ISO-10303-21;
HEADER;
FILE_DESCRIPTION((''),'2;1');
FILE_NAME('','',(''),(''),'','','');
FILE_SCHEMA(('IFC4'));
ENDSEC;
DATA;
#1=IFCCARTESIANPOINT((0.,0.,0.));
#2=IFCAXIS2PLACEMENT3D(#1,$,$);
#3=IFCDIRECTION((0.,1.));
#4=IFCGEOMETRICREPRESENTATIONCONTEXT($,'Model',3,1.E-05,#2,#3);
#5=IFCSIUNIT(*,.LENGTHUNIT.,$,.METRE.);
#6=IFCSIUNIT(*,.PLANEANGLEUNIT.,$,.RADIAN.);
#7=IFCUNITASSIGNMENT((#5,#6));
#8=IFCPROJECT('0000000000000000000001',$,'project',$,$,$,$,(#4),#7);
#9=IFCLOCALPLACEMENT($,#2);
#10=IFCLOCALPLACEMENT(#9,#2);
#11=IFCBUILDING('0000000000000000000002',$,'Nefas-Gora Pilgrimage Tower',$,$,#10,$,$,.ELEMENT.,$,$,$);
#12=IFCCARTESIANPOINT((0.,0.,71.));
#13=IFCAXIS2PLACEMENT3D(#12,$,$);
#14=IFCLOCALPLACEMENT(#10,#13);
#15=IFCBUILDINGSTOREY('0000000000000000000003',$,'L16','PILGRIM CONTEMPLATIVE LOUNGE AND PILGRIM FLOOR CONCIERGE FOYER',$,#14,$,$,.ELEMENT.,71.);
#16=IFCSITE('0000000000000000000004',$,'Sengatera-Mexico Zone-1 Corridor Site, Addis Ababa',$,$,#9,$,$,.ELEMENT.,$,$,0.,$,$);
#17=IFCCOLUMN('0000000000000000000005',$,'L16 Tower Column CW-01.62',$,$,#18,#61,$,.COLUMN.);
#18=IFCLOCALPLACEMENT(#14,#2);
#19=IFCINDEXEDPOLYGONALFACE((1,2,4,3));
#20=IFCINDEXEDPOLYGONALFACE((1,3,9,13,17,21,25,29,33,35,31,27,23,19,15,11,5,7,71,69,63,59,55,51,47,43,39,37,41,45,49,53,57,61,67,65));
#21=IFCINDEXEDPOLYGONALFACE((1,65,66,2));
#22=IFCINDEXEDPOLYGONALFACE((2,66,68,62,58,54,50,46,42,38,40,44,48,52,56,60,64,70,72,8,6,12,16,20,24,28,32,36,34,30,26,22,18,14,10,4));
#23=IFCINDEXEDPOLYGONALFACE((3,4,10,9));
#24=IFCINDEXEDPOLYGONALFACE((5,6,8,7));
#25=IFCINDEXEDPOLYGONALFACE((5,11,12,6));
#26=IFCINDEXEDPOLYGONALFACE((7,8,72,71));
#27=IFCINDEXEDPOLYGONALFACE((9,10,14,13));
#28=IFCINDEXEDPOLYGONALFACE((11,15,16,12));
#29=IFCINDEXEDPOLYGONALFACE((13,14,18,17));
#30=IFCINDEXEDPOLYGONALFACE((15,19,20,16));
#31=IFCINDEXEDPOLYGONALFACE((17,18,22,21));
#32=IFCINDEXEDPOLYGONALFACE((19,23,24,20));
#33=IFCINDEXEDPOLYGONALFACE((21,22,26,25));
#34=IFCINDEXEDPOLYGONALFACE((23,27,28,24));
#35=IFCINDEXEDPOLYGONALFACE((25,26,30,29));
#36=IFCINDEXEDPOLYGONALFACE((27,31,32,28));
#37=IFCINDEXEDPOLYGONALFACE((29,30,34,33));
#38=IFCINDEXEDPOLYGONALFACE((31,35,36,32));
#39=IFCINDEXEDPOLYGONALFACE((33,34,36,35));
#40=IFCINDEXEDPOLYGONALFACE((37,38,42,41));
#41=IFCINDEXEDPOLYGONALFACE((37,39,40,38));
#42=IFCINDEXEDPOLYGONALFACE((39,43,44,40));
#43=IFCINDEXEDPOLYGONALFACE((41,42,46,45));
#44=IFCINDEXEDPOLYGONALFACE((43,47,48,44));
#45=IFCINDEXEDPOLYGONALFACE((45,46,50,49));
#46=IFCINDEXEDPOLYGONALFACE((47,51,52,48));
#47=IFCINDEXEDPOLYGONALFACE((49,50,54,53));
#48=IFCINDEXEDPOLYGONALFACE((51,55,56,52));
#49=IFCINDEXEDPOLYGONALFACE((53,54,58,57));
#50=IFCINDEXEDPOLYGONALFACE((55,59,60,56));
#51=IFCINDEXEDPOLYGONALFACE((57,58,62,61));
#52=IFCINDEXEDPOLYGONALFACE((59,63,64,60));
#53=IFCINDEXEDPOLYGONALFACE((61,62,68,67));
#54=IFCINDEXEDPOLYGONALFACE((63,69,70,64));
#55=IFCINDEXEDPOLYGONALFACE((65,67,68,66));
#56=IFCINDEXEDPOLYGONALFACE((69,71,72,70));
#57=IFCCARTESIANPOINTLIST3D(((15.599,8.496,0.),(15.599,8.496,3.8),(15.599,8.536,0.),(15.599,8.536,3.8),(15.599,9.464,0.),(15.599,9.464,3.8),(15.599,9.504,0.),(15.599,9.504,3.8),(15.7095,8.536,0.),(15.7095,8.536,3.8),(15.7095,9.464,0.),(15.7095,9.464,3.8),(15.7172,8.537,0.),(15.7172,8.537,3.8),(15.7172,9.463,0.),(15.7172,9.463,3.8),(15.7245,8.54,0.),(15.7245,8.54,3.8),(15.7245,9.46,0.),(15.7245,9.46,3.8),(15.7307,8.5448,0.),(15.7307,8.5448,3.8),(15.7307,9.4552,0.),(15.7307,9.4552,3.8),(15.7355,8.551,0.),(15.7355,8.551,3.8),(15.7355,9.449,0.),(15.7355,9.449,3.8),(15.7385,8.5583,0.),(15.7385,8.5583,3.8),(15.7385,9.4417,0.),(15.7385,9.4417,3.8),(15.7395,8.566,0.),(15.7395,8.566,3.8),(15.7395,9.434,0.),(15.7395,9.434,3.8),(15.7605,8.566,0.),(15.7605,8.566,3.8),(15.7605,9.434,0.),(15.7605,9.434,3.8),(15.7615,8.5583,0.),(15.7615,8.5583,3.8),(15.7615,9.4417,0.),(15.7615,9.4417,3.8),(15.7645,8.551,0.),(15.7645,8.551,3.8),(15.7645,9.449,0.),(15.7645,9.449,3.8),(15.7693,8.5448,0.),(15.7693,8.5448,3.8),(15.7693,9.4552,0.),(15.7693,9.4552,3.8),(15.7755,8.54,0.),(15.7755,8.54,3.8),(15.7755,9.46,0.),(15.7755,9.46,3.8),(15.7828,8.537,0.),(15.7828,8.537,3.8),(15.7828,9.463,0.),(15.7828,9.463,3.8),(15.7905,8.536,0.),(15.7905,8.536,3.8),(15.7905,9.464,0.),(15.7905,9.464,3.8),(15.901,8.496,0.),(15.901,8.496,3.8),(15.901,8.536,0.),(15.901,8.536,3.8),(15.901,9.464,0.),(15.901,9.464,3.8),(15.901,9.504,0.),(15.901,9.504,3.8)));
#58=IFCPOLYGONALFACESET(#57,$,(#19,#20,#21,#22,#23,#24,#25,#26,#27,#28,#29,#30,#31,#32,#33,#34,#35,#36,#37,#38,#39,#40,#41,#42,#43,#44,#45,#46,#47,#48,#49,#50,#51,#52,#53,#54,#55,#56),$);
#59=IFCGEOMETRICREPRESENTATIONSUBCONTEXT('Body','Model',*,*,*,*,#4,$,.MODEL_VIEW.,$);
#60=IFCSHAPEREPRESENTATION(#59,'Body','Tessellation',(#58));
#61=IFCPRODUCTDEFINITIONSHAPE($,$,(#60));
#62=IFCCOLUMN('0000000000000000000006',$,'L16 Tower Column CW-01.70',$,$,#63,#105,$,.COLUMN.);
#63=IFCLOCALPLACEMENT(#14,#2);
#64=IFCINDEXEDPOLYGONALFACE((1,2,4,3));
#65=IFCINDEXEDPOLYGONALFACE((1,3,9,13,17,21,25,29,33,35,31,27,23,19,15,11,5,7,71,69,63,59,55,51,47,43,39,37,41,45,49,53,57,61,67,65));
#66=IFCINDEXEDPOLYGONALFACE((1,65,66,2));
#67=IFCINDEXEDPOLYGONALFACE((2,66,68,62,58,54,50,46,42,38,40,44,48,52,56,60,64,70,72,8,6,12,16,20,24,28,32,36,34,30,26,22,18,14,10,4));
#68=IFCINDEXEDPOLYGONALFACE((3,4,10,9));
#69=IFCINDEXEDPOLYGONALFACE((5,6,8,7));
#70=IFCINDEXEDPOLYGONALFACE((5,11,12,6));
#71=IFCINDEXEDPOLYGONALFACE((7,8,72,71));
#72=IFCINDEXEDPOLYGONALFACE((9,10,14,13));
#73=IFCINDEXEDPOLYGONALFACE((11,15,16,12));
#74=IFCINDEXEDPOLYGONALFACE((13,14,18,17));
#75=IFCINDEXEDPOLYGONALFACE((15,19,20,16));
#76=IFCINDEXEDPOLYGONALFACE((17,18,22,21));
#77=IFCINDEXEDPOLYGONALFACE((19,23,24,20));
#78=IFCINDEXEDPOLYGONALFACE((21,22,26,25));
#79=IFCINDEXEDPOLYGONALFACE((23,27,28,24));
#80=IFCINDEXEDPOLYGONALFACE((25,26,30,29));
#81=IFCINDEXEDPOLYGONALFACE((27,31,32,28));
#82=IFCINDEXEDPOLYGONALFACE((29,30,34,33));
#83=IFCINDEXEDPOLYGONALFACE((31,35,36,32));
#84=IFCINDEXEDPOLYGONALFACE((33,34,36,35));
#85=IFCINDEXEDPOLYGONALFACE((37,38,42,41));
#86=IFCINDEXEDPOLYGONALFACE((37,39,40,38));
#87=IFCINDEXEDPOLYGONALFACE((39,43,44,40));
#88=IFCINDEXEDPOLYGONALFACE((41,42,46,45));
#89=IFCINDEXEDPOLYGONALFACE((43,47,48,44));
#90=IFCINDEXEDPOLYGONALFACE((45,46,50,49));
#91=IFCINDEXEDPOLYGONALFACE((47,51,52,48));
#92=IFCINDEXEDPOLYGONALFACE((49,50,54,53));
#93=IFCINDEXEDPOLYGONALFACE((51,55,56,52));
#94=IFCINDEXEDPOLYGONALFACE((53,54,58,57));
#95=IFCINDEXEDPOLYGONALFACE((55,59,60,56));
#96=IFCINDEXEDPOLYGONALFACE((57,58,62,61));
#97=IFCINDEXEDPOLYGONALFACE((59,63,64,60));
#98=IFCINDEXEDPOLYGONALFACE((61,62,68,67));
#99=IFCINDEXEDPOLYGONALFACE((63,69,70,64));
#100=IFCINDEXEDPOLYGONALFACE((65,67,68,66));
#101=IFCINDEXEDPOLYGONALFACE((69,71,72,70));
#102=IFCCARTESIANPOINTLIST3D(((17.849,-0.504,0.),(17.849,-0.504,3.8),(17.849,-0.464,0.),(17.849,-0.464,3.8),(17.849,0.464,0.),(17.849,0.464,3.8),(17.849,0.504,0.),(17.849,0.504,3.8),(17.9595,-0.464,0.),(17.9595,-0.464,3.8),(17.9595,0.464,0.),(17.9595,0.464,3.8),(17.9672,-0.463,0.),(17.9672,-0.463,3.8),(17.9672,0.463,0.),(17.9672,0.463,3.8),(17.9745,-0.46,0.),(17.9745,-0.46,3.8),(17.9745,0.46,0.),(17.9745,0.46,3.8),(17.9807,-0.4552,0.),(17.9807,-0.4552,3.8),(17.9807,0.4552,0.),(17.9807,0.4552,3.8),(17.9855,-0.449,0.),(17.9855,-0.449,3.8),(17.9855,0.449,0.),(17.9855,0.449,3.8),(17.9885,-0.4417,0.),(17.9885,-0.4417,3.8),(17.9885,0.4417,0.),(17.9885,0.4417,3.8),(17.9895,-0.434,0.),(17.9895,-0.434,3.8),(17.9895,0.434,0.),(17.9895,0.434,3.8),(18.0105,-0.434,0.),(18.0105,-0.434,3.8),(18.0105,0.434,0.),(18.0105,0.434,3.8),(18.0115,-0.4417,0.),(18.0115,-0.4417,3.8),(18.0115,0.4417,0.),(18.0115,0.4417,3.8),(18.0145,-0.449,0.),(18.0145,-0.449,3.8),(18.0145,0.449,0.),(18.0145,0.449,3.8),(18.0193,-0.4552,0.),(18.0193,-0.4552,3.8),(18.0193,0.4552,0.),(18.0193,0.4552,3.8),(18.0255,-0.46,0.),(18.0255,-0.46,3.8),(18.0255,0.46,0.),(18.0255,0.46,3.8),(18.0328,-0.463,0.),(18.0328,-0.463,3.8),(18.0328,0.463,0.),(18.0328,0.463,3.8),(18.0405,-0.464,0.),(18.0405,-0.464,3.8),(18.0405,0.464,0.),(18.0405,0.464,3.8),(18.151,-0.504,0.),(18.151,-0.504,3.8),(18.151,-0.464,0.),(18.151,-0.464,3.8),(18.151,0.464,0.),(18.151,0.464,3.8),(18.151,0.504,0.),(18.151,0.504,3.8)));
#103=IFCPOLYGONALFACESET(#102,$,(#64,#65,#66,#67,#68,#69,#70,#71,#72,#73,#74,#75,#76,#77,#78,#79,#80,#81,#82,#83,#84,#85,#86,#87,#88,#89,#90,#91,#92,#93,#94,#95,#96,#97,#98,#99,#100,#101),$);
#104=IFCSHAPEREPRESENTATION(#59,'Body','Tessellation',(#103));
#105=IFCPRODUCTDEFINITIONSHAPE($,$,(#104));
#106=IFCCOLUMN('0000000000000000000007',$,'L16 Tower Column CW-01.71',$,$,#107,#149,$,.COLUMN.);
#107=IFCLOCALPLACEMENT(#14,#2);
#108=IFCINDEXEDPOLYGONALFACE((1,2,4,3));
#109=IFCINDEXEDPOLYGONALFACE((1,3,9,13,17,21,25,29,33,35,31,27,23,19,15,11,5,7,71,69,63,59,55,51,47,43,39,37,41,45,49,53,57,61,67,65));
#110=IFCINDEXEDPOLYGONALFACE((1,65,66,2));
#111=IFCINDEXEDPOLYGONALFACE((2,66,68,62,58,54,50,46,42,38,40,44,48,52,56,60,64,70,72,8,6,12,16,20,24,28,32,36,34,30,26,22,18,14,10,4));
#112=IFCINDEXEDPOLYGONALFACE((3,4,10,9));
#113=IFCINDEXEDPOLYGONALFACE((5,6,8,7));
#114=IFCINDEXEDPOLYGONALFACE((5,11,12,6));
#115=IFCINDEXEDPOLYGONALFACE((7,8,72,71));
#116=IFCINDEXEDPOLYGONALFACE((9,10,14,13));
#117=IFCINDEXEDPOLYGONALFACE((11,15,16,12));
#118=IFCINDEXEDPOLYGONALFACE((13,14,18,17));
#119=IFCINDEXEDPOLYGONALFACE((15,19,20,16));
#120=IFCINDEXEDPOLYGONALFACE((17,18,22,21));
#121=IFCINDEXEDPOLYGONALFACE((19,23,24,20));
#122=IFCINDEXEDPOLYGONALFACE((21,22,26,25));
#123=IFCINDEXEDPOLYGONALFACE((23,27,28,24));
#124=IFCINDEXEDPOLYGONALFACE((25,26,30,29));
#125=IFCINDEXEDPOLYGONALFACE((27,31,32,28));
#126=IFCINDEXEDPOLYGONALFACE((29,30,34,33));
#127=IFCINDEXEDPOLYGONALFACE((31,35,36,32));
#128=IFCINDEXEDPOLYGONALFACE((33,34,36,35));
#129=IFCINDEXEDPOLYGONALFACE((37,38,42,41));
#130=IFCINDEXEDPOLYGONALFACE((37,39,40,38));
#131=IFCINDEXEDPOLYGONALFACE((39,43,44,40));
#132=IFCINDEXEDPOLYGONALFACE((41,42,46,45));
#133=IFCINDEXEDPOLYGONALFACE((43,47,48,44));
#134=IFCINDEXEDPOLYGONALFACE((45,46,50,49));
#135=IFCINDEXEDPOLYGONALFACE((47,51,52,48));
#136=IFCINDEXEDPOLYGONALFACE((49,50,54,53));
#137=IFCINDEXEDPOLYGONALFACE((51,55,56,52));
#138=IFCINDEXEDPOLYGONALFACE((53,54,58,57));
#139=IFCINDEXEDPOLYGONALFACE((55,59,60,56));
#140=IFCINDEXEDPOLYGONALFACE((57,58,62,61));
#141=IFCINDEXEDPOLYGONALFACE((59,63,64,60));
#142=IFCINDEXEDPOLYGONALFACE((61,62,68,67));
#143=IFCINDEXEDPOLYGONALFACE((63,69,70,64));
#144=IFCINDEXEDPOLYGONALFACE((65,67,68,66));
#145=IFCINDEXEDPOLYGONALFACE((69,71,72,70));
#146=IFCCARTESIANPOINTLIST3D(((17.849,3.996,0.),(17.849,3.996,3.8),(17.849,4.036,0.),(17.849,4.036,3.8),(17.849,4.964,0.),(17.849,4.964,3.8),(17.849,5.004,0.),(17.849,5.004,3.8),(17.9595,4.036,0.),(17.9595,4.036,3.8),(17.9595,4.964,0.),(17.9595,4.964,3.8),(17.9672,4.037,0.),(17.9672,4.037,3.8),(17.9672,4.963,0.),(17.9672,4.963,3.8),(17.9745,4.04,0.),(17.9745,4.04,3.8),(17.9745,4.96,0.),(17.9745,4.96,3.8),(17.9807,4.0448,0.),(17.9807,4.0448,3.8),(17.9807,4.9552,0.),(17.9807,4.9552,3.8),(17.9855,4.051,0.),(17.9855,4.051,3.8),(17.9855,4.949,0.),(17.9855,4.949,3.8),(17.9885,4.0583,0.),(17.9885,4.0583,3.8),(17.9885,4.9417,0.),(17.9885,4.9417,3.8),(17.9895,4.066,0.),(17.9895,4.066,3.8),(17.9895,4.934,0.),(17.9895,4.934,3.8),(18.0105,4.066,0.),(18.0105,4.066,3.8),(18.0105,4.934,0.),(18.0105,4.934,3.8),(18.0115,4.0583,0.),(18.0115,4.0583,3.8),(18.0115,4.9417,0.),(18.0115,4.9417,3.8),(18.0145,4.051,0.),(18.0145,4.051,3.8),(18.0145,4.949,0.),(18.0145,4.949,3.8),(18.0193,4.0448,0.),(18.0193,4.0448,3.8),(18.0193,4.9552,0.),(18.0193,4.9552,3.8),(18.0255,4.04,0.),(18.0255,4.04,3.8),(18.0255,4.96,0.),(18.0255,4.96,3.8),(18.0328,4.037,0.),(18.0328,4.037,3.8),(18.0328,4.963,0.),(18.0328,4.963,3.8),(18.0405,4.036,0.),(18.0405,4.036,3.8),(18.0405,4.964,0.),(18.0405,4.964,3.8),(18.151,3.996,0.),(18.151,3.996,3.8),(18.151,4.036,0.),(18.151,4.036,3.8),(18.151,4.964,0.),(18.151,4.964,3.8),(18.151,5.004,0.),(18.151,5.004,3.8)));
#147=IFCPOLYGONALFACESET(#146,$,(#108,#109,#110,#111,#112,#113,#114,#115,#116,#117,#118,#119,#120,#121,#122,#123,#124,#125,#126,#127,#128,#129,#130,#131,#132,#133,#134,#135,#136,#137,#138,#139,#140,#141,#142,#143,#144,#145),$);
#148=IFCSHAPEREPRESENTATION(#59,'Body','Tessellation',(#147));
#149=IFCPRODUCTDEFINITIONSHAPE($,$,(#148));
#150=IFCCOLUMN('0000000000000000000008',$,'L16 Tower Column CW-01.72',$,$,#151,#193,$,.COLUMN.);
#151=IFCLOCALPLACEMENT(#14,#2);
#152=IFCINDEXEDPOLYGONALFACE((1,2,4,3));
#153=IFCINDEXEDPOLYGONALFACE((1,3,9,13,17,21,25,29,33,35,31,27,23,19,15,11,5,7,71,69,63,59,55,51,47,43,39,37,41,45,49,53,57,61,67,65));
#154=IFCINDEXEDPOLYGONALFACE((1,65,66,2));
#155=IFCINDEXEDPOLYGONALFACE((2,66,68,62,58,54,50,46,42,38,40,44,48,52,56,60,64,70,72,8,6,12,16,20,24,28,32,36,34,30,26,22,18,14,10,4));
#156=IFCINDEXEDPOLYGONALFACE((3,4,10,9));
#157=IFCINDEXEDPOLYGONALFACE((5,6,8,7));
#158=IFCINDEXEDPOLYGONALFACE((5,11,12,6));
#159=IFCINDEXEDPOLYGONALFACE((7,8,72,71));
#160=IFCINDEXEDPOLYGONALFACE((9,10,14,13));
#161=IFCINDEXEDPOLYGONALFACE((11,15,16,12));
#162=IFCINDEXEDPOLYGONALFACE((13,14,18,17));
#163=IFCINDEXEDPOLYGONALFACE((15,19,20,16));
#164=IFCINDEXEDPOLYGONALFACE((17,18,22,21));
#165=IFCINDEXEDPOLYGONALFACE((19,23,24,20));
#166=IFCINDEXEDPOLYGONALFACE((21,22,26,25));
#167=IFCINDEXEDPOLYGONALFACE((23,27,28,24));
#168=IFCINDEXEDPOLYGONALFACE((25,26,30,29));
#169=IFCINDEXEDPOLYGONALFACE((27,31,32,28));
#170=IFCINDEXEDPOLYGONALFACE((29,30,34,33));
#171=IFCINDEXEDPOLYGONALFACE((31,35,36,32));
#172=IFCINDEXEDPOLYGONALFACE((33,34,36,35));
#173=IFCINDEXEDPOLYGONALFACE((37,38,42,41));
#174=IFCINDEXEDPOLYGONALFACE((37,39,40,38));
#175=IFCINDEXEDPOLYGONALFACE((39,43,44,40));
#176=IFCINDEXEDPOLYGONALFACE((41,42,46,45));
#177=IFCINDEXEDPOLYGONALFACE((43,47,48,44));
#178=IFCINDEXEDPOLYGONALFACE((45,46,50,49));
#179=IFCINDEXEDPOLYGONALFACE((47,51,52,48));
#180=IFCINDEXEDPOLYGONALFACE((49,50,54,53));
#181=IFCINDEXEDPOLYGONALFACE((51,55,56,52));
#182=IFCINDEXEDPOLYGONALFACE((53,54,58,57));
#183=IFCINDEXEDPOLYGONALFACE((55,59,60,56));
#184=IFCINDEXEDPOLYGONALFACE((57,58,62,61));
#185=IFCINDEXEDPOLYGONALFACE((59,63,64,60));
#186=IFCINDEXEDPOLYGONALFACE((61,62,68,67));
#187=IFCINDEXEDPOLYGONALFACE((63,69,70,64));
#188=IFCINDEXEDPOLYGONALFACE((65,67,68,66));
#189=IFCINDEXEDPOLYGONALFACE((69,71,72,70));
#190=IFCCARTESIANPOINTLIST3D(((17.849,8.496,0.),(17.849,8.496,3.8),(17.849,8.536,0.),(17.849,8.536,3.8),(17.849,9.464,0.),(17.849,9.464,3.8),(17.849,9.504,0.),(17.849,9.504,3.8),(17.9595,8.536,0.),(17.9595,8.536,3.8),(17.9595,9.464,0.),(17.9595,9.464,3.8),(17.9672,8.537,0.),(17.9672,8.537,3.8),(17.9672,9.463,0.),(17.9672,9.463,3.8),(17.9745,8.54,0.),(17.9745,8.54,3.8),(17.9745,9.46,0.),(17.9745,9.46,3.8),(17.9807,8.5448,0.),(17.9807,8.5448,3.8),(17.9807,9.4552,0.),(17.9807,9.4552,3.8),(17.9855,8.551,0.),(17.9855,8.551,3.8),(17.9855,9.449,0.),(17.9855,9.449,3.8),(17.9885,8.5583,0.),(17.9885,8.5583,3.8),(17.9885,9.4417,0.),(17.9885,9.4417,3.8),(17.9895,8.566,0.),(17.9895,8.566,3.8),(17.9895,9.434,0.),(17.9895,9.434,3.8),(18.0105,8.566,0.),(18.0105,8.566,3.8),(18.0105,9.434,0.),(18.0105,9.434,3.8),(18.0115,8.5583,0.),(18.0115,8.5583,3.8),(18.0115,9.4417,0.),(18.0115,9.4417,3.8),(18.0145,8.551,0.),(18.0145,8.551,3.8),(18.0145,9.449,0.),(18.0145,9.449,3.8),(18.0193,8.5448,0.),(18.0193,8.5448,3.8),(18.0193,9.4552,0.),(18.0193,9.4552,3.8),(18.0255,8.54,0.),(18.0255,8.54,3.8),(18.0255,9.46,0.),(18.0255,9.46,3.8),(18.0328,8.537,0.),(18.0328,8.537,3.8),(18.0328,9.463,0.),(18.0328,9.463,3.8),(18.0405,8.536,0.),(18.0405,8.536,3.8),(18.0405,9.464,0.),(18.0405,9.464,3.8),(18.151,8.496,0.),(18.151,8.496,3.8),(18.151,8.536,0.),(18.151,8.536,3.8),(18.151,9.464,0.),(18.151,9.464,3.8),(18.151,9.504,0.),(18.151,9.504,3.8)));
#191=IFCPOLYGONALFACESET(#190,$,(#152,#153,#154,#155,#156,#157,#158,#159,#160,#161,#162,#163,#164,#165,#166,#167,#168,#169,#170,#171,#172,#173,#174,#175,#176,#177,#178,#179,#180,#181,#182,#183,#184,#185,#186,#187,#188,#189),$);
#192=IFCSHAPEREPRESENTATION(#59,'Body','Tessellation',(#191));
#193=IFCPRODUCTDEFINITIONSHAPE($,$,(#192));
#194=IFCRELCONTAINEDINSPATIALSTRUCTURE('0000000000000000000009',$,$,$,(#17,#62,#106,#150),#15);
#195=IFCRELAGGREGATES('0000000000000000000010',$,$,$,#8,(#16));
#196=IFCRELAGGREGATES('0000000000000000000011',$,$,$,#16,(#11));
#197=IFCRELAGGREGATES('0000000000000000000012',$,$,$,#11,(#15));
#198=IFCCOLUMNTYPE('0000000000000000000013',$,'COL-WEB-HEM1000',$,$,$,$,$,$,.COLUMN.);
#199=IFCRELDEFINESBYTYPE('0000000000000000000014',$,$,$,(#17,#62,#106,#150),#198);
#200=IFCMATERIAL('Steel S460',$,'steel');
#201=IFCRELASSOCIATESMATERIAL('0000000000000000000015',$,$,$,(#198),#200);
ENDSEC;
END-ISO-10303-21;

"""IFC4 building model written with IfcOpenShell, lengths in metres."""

from ifc_helpers import new_model, si_unit, direction, frame, origin, origin_2d, place, context, subcontext, project, spatial, i_section, extrude, source, transform, mapped, material, material_profile, profile_set, type_object, element, save


model = new_model("IFC4")

# Units and contexts
model_context = context("Model", 3, precision=1e-05, world=origin(), true_north=direction((0.0, 1.0)))
body_context = subcontext(model_context, "Body", "Model", "MODEL_VIEW")
ifc_project = project(units=[si_unit("LENGTHUNIT", "METRE"), si_unit("PLANEANGLEUNIT", "RADIAN")], contexts=[model_context])

# Site, building, storey
site_placement = place(None, origin())
site = spatial("IfcSite", under=ifc_project, at=site_placement, Name="Sengatera-Mexico Zone-1 Corridor Site, Addis Ababa", CompositionType="ELEMENT", RefElevation=0.0)
building_placement = place(site_placement, origin())
building = spatial("IfcBuilding", under=site, at=building_placement, Name="Nefas-Gora Pilgrimage Tower", CompositionType="ELEMENT")
storey_placement = place(building_placement, frame((0.0, 0.0, 71.0)))
storey = spatial("IfcBuildingStorey", under=building, at=storey_placement, Name="L16", Description="PILGRIM CONTEMPLATIVE LOUNGE AND PILGRIM FLOOR CONCIERGE FOYER", CompositionType="ELEMENT", Elevation=71.0)

# Columns
ifc_material_1 = material(Name="Steel S460", Category="steel")
ifc_material_profile_1 = material_profile(ifc_material_1, i_section(OverallWidth=0.302, OverallDepth=1.0081, WebThickness=0.021, FlangeThickness=0.04, FilletRadius=0.03, at=origin_2d()), Name="HEM 1000")
ifc_profile_set_1 = profile_set([ifc_material_profile_1], Name="Steel S460")
column_type_1 = type_object("IfcColumnType", Name="COL-WEB-HEM1000", PredefinedType="COLUMN", material=ifc_profile_set_1)
shared_shape_1 = source(origin(), body_context, "Body", "SweptSolid", [
    extrude(i_section(OverallWidth=0.302, OverallDepth=1.0081, WebThickness=0.021, FlangeThickness=0.04, FilletRadius=0.03, at=origin_2d()), origin(), (0.0, 0.0, 1.0), 3.8),
])
for number, where, z_axis, x_axis, name in (
    (1, (15.75, 9.0, 0.0), (0.0, 0.0, 1.0), (1.0, 0.0, 0.0), "L16 Tower Column CW-01.62"),
    (2, (18.0, 0.0, 0.0), (0.0, 0.0, 1.0), (1.0, 0.0, 0.0), "L16 Tower Column CW-01.70"),
    (3, (18.0, 4.5, 0.0), (0.0, 0.0, 1.0), (1.0, 0.0, 0.0), "L16 Tower Column CW-01.71"),
    (4, (18.0, 9.0, 0.0), (0.0, 0.0, 1.0), (1.0, 0.0, 0.0), "L16 Tower Column CW-01.72"),
):
    element("IfcColumn", number, at=place(storey_placement, frame(where, z_axis=z_axis, x_axis=x_axis)), inside=storey, type_object=column_type_1, Name=name, PredefinedType="COLUMN", context=body_context, shape_type="MappedRepresentation", body=[
        mapped(shared_shape_1, transform((0.0, 0.0, 0.0), x_axis=(1.0, 0.0, 0.0), y_axis=(0.0, 1.0, 0.0), z_axis=(0.0, 0.0, 1.0), scale=1.0)),
    ])

save(model, "model.ifc")
